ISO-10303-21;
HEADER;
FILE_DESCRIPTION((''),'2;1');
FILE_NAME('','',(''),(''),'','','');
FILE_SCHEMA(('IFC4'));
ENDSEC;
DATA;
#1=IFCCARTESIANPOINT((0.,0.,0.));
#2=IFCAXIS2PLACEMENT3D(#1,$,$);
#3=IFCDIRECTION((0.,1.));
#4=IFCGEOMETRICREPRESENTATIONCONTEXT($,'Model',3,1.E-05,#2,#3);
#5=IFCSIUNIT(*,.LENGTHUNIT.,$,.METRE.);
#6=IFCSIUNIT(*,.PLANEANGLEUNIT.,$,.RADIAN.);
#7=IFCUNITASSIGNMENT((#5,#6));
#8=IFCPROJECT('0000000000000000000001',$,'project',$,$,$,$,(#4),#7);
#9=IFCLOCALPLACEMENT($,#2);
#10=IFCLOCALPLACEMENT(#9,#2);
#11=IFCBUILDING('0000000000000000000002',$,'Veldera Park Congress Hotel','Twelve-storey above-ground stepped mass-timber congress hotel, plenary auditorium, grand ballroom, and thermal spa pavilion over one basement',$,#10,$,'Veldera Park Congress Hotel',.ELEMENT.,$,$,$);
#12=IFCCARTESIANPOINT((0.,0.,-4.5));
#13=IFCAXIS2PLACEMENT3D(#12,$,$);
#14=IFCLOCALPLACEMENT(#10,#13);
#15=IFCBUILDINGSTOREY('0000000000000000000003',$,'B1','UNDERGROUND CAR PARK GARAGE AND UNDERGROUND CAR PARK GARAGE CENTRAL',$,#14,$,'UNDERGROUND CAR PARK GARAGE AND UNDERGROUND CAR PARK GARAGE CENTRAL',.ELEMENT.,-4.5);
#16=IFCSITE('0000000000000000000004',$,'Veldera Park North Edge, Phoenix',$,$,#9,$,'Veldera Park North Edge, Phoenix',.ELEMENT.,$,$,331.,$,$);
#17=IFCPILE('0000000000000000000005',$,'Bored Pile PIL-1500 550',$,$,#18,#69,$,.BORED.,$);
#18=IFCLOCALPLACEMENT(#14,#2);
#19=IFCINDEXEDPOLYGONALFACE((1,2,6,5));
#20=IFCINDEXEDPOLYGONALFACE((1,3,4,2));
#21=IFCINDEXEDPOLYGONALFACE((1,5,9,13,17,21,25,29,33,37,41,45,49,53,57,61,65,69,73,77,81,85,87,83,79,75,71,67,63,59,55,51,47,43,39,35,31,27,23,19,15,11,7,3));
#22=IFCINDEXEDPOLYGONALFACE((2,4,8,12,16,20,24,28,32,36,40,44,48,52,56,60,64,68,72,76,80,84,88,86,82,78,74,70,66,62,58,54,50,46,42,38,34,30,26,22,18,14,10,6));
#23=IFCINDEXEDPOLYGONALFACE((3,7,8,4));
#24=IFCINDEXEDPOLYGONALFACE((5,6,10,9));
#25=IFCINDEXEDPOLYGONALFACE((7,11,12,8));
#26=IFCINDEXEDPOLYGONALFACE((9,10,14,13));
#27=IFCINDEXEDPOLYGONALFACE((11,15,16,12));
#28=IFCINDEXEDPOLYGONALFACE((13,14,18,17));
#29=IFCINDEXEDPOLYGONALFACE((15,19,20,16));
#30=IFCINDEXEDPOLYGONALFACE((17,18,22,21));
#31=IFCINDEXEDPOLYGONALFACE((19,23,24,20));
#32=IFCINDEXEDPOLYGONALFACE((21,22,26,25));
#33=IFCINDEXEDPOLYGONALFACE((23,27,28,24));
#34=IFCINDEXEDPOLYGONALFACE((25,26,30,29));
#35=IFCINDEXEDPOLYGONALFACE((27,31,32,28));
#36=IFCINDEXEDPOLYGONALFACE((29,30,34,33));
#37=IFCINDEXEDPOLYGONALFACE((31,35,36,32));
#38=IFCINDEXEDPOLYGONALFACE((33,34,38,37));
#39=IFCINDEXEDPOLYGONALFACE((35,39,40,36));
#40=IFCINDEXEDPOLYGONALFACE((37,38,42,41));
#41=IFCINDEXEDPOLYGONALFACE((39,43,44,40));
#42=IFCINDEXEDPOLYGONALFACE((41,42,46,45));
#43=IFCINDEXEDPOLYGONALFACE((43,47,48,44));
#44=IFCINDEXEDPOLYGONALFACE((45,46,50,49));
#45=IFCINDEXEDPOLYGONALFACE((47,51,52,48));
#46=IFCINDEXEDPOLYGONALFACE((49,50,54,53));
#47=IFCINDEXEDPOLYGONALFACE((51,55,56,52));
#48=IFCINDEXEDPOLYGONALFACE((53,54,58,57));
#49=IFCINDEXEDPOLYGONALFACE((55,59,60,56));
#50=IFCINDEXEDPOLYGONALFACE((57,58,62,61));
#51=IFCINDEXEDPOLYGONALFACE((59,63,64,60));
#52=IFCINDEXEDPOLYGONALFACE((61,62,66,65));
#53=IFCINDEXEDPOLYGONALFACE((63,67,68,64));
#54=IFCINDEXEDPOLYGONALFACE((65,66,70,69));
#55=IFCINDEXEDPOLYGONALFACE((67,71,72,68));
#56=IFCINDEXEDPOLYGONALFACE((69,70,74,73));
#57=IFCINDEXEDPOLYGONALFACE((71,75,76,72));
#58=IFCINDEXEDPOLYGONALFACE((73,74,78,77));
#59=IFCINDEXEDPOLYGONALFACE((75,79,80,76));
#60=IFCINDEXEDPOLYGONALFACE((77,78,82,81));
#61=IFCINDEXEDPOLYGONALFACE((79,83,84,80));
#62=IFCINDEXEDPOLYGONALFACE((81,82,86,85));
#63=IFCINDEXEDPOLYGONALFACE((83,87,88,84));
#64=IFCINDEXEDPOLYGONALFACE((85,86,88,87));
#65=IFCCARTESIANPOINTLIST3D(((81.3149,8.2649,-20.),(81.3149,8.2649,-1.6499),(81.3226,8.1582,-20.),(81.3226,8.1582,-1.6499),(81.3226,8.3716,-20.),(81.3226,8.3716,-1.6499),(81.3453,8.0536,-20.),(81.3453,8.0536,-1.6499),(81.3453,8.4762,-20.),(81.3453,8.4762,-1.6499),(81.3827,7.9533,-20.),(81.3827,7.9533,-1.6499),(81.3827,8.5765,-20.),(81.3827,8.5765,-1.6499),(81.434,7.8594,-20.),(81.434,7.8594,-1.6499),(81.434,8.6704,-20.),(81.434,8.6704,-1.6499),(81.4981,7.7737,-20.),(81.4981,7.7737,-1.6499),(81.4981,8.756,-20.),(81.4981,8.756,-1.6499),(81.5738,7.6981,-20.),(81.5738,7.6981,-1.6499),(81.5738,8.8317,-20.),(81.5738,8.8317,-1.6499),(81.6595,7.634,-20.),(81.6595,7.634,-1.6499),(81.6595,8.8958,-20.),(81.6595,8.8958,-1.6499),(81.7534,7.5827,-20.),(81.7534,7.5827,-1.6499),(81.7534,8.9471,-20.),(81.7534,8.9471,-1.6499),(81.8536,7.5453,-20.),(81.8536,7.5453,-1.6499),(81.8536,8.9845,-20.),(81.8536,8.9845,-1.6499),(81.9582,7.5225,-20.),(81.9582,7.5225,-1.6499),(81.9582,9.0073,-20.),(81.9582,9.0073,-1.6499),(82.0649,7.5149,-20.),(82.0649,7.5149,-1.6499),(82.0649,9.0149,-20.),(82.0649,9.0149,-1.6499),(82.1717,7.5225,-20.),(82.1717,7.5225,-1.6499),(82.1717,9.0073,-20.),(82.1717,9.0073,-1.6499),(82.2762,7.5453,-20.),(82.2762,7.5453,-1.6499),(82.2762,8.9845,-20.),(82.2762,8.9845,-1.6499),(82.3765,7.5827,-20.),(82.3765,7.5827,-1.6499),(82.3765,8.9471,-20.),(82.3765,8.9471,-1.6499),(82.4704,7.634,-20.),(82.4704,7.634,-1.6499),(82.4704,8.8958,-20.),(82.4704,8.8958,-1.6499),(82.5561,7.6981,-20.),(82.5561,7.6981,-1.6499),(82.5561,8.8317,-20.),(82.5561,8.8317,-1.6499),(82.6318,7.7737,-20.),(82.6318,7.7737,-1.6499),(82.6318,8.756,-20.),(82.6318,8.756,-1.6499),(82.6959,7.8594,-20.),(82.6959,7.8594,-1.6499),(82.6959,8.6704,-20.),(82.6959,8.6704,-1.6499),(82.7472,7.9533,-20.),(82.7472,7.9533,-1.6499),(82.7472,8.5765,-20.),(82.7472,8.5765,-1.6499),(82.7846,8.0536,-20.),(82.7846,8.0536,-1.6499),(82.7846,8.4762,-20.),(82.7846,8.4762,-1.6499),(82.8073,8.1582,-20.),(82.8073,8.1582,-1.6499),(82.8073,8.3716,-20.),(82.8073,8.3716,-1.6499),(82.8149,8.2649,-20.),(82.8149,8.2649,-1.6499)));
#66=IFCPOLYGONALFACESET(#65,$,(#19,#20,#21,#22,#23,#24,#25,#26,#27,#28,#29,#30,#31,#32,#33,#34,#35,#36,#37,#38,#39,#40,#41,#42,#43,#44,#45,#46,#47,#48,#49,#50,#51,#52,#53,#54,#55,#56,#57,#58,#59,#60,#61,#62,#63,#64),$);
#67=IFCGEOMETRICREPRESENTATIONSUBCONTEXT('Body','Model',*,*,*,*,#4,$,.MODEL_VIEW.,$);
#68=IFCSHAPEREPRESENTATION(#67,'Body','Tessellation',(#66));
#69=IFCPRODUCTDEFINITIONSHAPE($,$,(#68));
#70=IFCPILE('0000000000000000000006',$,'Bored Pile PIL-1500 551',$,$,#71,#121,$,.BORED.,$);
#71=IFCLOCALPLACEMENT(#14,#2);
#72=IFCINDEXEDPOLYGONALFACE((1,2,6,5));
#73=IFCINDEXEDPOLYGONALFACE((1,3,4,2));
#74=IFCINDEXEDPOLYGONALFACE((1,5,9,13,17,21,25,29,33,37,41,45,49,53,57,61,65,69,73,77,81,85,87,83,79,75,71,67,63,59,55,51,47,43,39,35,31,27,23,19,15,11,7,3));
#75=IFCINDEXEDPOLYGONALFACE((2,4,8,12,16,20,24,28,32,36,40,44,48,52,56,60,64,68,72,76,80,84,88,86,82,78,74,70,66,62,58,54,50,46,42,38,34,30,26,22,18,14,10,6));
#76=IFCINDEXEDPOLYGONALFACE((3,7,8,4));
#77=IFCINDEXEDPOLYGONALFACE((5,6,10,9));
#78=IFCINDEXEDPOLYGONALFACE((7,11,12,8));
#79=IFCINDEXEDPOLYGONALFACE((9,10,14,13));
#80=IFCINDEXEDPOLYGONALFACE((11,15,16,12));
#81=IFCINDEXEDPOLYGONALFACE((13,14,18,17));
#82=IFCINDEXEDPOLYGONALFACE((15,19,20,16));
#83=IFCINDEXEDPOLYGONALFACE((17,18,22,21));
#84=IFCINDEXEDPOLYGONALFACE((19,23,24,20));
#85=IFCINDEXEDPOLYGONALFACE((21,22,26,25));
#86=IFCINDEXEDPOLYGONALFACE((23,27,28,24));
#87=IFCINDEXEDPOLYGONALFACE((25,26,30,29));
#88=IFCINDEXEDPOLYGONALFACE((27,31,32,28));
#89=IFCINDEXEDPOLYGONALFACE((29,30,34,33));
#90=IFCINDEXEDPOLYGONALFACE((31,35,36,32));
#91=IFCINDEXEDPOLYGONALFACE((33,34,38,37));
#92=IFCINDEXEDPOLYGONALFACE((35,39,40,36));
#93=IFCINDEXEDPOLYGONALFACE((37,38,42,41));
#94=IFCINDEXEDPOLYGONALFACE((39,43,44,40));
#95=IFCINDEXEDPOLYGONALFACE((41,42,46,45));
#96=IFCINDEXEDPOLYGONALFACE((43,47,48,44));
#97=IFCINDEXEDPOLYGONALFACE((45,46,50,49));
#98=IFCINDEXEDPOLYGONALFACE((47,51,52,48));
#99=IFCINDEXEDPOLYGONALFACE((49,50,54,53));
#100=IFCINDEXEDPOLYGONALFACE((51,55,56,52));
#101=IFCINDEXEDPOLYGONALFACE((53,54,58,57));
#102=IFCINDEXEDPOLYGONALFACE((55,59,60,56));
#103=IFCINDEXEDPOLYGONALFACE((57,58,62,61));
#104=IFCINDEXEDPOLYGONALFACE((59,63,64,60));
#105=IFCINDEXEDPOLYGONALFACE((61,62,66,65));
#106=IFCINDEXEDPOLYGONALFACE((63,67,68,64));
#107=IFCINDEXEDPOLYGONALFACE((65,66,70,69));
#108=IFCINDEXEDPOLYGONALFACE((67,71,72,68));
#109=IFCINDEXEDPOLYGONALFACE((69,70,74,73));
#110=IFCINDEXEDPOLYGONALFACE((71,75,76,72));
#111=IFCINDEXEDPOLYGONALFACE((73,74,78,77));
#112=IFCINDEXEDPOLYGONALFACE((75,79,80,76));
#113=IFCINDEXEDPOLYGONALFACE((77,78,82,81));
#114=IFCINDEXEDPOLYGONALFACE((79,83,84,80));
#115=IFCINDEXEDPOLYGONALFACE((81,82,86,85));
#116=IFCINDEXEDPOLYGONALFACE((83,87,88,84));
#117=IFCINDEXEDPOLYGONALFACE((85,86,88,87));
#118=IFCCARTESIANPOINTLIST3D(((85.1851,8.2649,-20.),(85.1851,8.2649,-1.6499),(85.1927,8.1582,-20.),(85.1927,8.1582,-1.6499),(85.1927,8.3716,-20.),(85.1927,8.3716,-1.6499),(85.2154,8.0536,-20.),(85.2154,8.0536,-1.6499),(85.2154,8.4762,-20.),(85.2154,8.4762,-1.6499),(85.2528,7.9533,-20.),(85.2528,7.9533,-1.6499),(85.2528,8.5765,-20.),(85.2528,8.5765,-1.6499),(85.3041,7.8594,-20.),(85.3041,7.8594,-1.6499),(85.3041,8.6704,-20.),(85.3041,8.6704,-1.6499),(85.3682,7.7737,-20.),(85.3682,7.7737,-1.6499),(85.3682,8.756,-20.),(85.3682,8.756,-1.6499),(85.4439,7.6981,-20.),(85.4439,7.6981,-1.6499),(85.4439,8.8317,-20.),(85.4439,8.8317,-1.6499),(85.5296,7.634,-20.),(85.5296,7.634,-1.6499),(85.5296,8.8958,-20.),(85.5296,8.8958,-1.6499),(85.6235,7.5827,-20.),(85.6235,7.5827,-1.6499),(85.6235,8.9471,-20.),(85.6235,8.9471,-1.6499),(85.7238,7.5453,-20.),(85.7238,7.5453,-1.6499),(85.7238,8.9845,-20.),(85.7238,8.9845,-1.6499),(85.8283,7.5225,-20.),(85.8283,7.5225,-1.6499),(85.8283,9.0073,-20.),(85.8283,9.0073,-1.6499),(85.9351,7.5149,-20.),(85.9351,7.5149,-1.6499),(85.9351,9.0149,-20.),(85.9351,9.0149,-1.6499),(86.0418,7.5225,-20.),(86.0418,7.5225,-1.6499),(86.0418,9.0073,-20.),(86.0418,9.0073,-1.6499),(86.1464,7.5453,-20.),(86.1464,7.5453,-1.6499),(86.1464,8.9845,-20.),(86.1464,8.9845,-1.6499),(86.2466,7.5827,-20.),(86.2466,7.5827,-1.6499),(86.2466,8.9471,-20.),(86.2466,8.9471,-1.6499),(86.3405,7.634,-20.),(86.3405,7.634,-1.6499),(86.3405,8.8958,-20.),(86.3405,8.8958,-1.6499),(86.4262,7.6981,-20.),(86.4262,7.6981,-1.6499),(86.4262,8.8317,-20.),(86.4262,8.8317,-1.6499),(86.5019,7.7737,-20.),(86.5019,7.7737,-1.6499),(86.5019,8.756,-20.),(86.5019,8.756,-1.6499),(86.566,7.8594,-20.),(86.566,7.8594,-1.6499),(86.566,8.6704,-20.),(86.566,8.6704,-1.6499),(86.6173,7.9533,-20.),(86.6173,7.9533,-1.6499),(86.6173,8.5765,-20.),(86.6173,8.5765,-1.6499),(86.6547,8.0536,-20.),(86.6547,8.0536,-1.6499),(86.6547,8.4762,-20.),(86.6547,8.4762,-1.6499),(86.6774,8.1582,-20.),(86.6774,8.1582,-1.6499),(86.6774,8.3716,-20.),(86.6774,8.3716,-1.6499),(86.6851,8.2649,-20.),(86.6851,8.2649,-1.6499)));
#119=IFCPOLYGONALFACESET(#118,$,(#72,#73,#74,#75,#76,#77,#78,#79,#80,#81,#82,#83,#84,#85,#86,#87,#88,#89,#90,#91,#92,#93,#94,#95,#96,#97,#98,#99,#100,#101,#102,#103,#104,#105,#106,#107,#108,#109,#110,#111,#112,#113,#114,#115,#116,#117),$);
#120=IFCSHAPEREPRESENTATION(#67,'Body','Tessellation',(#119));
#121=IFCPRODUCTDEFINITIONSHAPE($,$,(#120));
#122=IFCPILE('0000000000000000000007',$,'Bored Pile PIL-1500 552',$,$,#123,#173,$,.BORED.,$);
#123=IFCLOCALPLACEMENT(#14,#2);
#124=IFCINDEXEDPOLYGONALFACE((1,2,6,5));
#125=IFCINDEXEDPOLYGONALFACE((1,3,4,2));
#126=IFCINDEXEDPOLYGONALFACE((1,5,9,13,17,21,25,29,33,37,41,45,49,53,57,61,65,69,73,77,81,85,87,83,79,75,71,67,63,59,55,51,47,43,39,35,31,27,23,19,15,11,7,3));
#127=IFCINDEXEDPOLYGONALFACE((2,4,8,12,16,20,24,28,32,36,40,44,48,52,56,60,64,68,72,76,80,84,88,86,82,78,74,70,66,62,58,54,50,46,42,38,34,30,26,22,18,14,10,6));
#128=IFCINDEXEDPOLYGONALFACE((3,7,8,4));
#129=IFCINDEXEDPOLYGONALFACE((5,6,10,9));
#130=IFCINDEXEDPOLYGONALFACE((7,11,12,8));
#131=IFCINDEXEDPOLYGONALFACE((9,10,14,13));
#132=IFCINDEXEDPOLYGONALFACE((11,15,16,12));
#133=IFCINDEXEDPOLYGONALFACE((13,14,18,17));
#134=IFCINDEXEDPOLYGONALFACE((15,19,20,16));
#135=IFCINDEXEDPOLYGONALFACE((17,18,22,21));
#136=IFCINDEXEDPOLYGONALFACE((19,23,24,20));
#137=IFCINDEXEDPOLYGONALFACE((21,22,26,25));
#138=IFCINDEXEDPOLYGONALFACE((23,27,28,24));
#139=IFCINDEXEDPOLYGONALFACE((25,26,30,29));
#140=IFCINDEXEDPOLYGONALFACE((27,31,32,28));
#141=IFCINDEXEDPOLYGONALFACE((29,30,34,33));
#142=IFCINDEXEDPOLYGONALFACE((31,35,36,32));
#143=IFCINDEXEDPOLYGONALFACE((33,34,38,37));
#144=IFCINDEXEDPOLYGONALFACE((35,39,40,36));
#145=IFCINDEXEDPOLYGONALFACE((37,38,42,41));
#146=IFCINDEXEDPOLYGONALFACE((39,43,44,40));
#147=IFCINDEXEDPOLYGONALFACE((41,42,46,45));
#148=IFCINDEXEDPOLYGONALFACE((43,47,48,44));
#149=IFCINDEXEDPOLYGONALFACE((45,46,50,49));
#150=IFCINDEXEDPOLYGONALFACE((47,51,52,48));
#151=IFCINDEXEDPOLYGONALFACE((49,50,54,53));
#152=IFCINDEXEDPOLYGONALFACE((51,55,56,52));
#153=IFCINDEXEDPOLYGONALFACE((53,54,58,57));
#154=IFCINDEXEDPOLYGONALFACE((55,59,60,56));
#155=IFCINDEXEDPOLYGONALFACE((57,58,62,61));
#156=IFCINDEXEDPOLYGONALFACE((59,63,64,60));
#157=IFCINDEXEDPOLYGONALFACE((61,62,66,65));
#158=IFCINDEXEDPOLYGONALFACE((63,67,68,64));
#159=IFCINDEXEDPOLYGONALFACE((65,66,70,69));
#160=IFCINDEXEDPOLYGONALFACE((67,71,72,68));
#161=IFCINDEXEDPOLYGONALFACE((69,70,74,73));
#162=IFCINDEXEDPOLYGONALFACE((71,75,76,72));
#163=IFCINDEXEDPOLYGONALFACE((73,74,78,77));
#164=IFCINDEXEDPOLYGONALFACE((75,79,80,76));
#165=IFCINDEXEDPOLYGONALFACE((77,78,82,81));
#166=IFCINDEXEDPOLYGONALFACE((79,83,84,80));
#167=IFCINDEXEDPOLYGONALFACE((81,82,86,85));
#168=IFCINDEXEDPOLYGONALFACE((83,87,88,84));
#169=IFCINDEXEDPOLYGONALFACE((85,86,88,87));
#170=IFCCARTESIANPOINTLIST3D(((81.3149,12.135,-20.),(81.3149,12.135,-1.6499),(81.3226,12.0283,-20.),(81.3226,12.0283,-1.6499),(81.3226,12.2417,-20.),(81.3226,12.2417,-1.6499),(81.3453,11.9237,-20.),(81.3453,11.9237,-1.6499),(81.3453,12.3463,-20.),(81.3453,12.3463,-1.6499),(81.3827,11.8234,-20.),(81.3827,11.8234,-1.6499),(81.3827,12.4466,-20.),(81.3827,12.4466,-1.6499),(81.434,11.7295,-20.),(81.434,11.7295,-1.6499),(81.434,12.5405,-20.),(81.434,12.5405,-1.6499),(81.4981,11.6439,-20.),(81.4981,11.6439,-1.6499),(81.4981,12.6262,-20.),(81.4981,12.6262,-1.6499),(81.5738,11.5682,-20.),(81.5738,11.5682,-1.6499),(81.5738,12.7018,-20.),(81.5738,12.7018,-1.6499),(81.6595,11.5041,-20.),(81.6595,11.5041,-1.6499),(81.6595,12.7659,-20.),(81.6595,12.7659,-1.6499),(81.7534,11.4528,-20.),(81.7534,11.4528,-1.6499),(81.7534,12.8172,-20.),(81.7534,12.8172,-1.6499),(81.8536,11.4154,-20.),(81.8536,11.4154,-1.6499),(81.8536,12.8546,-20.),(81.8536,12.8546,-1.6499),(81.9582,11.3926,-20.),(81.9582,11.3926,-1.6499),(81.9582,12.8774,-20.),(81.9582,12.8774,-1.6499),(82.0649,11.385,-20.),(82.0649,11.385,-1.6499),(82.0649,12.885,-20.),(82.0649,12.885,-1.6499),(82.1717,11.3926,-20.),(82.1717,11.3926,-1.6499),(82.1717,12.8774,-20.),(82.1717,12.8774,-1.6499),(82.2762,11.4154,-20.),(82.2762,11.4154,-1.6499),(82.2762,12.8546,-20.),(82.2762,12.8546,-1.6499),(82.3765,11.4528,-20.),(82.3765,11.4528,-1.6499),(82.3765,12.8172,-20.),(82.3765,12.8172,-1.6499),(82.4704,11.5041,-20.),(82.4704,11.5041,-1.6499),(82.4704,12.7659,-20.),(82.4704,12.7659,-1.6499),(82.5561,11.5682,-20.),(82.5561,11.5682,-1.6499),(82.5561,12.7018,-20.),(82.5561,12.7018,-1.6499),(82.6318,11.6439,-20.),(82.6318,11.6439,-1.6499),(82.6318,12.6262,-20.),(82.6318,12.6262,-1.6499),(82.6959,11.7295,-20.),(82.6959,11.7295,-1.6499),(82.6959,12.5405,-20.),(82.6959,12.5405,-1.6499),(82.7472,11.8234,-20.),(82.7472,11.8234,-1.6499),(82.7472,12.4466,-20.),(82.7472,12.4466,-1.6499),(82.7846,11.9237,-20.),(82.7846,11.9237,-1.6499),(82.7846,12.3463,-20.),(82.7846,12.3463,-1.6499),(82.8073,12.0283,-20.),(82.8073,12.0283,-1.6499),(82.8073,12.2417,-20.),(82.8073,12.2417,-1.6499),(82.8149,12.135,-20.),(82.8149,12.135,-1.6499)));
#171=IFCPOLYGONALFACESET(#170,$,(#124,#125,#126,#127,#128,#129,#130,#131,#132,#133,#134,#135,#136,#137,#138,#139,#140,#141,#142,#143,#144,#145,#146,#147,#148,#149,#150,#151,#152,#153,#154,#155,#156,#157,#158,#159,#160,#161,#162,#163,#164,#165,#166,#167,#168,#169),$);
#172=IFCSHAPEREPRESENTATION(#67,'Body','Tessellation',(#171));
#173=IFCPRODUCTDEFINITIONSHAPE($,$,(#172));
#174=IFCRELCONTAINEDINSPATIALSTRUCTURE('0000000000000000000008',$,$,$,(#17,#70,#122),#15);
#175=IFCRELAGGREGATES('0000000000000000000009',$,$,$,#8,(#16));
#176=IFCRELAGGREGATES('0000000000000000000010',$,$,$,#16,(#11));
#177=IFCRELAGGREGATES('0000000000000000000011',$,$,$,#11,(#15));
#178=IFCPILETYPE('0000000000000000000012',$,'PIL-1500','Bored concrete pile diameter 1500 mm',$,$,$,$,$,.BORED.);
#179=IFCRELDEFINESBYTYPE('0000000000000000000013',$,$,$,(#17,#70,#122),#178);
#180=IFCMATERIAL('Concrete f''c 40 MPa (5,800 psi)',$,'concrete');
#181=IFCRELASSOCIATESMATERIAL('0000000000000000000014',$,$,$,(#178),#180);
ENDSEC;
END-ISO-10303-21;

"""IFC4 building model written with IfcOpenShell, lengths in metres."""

from ifc_helpers import new_model, si_unit, direction, frame, origin, origin_2d, place, context, subcontext, project, spatial, circle, extrude, material, material_profile, profile_set, type_object, element, save


model = new_model("IFC4")

# Units and contexts
model_context = context("Model", 3, precision=1e-05, world=origin(), true_north=direction((0.0, 1.0)))
body_context = subcontext(model_context, "Body", "Model", "MODEL_VIEW")
ifc_project = project(units=[si_unit("LENGTHUNIT", "METRE"), si_unit("PLANEANGLEUNIT", "RADIAN")], contexts=[model_context])

# Site, building, storey
site_placement = place(None, origin())
site = spatial("IfcSite", under=ifc_project, at=site_placement, Name="Veldera Park North Edge, Phoenix", LongName="Veldera Park North Edge, Phoenix", CompositionType="ELEMENT", RefElevation=331.0)
building_placement = place(site_placement, origin())
building = spatial("IfcBuilding", under=site, at=building_placement, Name="Veldera Park Congress Hotel", Description="Twelve-storey above-ground stepped mass-timber congress hotel, plenary auditorium, grand ballroom, and thermal spa pavilion over one basement", LongName="Veldera Park Congress Hotel", CompositionType="ELEMENT")
storey_placement = place(building_placement, frame((0.0, 0.0, -4.5)))
storey = spatial("IfcBuildingStorey", under=building, at=storey_placement, Name="B1", Description="UNDERGROUND CAR PARK GARAGE AND UNDERGROUND CAR PARK GARAGE CENTRAL", LongName="UNDERGROUND CAR PARK GARAGE AND UNDERGROUND CAR PARK GARAGE CENTRAL", CompositionType="ELEMENT", Elevation=-4.5)

# Shared definitions
ifc_material_1 = material(Name="Concrete f'c 40 MPa (5,800 psi)", Category="concrete")

# Piles
ifc_material_profile_1 = material_profile(ifc_material_1, circle(Radius=0.75, at=origin_2d()), Name="PILE D1500")
ifc_profile_set_1 = profile_set([ifc_material_profile_1], Name="Concrete f'c 40 MPa (5,800 psi)")
pile_type = type_object("IfcPileType", Name="PIL-1500", Description="Bored concrete pile diameter 1500 mm", PredefinedType="BORED", material=ifc_profile_set_1)
for number, where, z_axis, x_axis, name in (
    (1, (82.0649, 8.2649, -1.6499), (0.0, 0.0, -1.0), (1.0, 0.0, 0.0), "Bored Pile PIL-1500 550"),
    (2, (85.9351, 8.2649, -1.6499), (0.0, 0.0, -1.0), (1.0, 0.0, 0.0), "Bored Pile PIL-1500 551"),
    (3, (82.0649, 12.135, -1.6499), (0.0, 0.0, -1.0), (1.0, 0.0, 0.0), "Bored Pile PIL-1500 552"),
):
    element("IfcPile", number, at=place(storey_placement, frame(where, z_axis=z_axis, x_axis=x_axis)), inside=storey, type_object=pile_type, Name=name, PredefinedType="BORED", context=body_context, shape_type="SweptSolid", body=[
        extrude(circle(Radius=0.75, at=origin_2d()), origin(), (0.0, 0.0, 1.0), 18.3501),
    ])

save(model, "model.ifc")
